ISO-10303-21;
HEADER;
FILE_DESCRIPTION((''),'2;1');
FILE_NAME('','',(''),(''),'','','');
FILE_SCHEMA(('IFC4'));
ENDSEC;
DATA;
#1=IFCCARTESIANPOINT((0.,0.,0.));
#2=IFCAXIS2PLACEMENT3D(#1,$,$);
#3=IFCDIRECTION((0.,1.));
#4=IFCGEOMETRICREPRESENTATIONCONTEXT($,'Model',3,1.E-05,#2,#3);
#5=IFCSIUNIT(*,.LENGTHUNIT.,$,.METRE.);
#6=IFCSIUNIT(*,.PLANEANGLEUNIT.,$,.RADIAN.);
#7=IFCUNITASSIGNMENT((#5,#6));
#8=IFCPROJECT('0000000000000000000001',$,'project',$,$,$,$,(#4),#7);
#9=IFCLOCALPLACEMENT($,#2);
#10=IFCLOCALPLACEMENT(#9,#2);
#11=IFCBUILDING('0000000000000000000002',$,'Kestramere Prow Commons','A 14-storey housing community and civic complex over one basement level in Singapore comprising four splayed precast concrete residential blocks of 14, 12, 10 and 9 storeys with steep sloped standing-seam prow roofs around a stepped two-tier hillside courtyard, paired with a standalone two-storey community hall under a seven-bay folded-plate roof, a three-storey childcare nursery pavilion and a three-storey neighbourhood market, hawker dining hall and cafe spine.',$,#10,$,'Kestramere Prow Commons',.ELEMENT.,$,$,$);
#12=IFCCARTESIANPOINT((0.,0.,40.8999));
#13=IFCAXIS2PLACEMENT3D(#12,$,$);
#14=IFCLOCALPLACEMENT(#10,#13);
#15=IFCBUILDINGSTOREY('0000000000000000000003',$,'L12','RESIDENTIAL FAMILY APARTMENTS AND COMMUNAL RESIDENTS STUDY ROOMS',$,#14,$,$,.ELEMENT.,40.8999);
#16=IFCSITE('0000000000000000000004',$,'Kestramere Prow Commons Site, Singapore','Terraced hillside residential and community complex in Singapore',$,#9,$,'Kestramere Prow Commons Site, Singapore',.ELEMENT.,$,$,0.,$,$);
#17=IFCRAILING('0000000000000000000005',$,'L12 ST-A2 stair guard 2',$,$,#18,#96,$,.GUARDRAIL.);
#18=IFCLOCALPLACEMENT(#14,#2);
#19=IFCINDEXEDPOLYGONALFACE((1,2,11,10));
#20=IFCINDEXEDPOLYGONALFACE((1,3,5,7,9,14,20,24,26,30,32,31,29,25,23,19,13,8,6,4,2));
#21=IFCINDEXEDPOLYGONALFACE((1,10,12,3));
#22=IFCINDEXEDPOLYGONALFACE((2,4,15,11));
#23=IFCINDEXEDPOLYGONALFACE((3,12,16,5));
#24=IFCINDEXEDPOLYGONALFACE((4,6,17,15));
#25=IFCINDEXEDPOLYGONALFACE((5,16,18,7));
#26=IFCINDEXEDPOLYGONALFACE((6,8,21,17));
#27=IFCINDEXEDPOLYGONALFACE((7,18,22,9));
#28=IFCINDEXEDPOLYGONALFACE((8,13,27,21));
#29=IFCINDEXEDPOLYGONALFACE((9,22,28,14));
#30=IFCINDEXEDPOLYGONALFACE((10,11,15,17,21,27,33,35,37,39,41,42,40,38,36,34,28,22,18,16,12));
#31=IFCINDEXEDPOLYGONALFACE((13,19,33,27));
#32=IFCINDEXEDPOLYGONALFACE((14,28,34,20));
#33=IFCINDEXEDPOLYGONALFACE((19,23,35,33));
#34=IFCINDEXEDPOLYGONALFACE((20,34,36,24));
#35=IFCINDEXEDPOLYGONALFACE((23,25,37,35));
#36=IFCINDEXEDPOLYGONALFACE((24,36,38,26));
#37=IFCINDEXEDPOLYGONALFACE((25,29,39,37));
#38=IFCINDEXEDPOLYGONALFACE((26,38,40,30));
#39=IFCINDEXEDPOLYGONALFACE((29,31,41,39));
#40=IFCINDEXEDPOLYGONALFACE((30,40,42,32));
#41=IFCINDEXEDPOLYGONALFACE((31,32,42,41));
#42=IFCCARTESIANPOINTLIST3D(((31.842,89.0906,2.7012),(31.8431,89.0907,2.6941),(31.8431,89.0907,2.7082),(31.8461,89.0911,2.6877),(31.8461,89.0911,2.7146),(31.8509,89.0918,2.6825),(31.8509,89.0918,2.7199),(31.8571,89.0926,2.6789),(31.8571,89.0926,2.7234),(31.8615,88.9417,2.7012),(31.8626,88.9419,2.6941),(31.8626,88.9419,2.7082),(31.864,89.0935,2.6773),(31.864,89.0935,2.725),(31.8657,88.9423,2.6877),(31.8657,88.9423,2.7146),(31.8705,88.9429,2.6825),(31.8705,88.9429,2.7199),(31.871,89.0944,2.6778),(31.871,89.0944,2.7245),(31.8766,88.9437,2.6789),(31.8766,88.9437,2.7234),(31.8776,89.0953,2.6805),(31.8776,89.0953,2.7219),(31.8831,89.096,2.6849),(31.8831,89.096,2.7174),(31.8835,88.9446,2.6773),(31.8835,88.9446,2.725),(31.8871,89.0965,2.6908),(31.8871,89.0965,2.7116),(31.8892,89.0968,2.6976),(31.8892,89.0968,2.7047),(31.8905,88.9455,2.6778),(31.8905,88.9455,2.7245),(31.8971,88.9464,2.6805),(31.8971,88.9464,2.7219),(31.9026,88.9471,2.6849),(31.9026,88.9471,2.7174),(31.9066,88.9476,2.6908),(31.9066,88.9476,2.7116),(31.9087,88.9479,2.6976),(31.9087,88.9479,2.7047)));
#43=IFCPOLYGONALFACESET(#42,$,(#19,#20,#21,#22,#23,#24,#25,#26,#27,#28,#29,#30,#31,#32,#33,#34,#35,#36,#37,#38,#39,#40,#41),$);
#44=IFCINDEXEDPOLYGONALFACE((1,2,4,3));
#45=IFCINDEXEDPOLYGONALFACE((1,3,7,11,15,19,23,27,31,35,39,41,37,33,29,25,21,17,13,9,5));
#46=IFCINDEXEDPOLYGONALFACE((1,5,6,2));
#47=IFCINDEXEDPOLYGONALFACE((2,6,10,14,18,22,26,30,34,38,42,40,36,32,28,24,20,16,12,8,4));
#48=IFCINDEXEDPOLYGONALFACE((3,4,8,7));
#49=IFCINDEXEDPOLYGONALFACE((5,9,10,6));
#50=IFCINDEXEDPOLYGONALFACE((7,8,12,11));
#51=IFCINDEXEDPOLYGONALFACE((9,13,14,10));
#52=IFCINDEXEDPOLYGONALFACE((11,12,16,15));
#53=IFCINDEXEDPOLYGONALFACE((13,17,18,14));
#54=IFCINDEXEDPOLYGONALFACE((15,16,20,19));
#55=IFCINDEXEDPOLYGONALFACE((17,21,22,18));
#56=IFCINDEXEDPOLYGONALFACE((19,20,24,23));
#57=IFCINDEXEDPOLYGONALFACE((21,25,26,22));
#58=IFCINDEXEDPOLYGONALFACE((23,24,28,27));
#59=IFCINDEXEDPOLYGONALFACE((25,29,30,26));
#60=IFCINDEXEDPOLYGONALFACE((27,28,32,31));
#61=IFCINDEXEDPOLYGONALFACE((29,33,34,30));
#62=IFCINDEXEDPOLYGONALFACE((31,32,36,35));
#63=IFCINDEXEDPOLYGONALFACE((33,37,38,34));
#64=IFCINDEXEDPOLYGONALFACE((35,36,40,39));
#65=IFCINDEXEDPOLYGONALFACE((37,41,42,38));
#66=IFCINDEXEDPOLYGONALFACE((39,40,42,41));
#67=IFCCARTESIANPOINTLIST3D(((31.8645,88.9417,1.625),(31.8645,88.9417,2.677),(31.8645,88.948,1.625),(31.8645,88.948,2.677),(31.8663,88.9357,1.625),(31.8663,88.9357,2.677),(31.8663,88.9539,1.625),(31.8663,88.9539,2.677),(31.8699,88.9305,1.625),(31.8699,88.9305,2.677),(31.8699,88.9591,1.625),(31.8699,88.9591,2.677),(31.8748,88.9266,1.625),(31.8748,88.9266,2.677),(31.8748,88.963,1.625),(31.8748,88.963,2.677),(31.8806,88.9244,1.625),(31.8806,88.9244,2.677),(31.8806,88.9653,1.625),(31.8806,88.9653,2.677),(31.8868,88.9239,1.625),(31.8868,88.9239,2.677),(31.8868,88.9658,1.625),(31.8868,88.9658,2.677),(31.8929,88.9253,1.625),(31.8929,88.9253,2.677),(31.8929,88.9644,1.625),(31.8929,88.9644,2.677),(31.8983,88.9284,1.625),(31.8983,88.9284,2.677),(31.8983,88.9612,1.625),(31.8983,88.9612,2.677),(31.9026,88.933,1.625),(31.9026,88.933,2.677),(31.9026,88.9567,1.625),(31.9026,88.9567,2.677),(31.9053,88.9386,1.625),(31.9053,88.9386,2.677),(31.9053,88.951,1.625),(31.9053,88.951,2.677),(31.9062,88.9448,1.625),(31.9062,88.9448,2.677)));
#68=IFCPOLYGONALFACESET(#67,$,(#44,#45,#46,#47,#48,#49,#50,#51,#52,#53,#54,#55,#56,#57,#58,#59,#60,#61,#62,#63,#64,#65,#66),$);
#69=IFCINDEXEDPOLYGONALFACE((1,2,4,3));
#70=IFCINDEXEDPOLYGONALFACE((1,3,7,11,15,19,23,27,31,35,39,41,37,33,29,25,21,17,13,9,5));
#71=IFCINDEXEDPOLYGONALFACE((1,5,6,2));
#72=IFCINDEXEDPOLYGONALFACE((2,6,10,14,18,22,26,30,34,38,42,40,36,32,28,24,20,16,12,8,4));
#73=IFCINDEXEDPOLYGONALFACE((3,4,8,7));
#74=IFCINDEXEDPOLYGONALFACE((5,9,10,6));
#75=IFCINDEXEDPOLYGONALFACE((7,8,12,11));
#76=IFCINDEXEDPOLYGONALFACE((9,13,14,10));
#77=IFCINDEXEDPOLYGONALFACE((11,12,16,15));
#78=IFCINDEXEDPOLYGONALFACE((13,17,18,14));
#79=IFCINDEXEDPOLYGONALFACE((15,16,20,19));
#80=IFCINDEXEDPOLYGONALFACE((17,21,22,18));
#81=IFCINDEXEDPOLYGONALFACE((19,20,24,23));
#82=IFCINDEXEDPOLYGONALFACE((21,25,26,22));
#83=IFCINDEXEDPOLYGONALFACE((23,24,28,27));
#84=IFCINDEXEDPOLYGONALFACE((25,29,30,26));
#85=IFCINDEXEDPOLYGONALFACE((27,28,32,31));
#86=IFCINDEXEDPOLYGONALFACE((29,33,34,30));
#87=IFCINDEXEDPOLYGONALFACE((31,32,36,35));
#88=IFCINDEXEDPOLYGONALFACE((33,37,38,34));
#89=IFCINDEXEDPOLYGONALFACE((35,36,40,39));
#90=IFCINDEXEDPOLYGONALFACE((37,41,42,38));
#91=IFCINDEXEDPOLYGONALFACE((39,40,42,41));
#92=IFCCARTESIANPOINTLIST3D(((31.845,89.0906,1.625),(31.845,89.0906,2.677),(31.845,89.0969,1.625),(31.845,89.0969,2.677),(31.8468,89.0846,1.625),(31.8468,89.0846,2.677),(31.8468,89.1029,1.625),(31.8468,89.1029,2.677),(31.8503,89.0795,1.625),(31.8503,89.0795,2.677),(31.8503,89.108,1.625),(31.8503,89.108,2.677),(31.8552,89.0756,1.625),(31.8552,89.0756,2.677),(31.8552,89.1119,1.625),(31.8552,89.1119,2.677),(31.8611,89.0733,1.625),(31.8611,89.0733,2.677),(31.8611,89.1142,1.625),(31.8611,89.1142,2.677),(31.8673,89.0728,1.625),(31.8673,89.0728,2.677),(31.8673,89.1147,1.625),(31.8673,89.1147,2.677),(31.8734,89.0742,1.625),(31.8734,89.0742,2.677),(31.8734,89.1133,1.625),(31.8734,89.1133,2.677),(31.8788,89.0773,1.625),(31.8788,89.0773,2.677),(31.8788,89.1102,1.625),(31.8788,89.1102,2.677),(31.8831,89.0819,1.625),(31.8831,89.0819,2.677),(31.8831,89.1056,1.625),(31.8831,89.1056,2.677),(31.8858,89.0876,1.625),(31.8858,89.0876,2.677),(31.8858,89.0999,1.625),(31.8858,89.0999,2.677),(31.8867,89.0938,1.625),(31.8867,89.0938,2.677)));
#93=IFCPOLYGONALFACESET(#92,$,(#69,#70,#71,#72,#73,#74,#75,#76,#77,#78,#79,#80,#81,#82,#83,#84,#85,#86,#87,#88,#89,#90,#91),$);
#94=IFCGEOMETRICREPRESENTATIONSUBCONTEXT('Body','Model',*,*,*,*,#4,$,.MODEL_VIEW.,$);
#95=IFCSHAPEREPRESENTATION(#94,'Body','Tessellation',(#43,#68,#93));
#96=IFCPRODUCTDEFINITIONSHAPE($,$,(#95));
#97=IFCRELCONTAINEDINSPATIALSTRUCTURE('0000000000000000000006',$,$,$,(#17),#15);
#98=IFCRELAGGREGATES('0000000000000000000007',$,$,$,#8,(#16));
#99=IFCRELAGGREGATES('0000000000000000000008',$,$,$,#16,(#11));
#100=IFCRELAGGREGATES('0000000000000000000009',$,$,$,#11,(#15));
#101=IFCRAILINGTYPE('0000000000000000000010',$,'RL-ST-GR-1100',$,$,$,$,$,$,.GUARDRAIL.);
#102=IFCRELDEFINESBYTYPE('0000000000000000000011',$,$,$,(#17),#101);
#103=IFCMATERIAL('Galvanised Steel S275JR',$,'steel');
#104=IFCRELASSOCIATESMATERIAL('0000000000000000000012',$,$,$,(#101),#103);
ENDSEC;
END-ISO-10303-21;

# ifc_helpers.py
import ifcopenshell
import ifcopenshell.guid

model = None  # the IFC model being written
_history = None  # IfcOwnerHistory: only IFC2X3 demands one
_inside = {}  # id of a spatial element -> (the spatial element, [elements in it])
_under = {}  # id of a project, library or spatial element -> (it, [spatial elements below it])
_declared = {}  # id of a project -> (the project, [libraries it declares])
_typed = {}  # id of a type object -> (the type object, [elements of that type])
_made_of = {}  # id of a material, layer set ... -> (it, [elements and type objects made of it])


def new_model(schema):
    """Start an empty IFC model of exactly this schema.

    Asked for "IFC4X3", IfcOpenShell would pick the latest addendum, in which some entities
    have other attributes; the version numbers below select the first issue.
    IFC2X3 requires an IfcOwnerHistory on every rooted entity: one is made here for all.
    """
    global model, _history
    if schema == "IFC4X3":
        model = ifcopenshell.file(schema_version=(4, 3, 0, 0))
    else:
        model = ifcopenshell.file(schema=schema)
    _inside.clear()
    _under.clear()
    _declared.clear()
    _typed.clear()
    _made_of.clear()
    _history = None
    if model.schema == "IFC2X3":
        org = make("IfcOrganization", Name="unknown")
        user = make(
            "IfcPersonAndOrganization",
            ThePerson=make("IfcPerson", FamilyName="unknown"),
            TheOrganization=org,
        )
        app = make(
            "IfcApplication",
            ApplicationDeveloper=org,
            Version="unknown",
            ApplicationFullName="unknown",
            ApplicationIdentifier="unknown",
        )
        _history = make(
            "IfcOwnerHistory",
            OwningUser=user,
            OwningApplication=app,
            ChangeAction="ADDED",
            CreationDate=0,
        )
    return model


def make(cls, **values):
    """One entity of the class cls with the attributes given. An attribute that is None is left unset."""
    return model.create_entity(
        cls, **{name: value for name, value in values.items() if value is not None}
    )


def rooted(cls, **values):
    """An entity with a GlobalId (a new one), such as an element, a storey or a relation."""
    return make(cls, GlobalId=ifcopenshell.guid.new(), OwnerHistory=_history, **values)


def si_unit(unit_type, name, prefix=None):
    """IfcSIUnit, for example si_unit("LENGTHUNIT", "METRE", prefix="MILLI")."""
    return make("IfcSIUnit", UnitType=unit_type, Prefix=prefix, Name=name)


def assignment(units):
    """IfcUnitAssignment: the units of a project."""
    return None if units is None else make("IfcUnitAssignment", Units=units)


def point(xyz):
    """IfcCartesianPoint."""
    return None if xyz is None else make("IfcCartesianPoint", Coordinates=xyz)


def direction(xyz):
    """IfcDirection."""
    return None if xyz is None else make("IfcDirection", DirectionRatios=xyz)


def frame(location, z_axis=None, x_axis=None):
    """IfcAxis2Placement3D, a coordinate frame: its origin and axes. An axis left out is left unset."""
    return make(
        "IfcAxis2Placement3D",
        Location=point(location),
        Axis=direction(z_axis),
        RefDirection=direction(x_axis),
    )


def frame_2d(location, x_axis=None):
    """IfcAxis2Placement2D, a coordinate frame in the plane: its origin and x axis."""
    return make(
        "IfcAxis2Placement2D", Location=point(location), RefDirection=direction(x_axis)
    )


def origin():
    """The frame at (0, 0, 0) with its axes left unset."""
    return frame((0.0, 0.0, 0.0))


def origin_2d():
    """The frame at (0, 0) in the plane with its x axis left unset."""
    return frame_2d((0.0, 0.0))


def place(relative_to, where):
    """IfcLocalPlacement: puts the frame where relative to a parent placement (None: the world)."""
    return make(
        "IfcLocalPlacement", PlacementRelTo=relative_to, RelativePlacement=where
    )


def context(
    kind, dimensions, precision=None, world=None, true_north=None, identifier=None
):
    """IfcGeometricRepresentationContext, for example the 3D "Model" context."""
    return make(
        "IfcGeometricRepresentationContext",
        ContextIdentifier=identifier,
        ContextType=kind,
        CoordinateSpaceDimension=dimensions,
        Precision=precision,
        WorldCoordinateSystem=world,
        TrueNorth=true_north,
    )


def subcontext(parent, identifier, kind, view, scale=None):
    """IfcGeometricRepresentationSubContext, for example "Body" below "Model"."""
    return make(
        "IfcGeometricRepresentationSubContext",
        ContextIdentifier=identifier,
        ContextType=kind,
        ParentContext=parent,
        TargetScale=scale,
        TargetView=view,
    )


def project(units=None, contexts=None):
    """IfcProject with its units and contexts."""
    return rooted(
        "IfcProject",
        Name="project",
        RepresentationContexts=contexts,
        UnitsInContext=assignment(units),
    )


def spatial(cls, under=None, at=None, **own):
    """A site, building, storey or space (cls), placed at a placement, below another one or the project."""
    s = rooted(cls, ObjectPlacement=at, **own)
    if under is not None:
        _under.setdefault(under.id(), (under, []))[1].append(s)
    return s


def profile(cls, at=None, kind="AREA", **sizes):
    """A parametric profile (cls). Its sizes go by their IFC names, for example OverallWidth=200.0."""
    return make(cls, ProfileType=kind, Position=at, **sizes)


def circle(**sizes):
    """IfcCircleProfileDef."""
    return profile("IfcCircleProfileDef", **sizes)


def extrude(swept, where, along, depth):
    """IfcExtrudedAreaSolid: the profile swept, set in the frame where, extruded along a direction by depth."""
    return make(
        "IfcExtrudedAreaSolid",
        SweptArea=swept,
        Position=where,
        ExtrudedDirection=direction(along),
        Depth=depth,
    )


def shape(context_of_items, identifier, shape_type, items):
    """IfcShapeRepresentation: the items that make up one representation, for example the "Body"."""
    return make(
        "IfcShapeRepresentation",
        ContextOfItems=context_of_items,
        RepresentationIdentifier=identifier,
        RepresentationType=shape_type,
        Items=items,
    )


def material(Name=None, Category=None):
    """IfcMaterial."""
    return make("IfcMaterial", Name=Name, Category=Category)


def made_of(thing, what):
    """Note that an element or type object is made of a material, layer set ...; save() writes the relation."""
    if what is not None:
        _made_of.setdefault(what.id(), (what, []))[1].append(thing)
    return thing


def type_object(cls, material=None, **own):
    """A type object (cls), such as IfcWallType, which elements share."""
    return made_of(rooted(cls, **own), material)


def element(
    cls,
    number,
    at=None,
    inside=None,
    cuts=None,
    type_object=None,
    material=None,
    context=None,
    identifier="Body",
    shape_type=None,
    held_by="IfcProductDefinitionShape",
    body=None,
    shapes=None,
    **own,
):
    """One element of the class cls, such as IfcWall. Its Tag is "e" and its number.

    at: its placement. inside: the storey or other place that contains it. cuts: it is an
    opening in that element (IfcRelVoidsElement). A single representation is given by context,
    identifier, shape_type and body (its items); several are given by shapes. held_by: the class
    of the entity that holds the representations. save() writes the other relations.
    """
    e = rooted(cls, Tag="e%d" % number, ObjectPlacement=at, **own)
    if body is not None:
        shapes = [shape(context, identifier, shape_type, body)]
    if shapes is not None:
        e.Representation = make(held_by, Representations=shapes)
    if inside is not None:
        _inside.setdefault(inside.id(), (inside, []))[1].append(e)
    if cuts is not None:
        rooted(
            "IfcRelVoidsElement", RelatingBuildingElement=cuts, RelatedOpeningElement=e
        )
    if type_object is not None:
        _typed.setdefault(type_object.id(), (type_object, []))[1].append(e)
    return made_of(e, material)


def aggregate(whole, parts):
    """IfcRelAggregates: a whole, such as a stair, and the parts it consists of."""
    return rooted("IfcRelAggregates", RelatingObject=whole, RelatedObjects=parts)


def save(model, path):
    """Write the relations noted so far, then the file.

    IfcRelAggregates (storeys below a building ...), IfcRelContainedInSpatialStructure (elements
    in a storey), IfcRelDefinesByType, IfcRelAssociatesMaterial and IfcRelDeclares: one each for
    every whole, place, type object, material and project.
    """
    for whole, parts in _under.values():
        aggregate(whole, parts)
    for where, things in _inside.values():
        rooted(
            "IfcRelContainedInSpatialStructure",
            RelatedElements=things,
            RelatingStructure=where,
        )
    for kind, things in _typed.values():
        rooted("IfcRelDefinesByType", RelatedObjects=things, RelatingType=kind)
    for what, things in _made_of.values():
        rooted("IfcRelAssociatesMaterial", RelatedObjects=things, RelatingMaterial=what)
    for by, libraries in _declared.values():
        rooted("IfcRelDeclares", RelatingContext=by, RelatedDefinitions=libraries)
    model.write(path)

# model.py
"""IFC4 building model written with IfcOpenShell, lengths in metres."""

from ifc_helpers import new_model, si_unit, direction, frame, origin, origin_2d, place, context, subcontext, project, spatial, circle, extrude, material, type_object, element, save


model = new_model("IFC4")

# Units and contexts
model_context = context("Model", 3, precision=1e-05, world=origin(), true_north=direction((0.0, 1.0)))
body_context = subcontext(model_context, "Body", "Model", "MODEL_VIEW")
ifc_project = project(units=[si_unit("LENGTHUNIT", "METRE"), si_unit("PLANEANGLEUNIT", "RADIAN")], contexts=[model_context])

# Site, building, storey
site_placement = place(None, origin())
site = spatial("IfcSite", under=ifc_project, at=site_placement, Name="Kestramere Prow Commons Site, Singapore", Description="Terraced hillside residential and community complex in Singapore", LongName="Kestramere Prow Commons Site, Singapore", CompositionType="ELEMENT", RefElevation=0.0)
building_placement = place(site_placement, origin())
building = spatial("IfcBuilding", under=site, at=building_placement, Name="Kestramere Prow Commons", Description="A 14-storey housing community and civic complex over one basement level in Singapore comprising four splayed precast concrete residential blocks of 14, 12, 10 and 9 storeys with steep sloped standing-seam prow roofs around a stepped two-tier hillside courtyard, paired with a standalone two-storey community hall under a seven-bay folded-plate roof, a three-storey childcare nursery pavilion and a three-storey neighbourhood market, hawker dining hall and cafe spine.", LongName="Kestramere Prow Commons", CompositionType="ELEMENT")
storey_placement = place(building_placement, frame((0.0, 0.0, 40.8999)))
storey = spatial("IfcBuildingStorey", under=building, at=storey_placement, Name="L12", Description="RESIDENTIAL FAMILY APARTMENTS AND COMMUNAL RESIDENTS STUDY ROOMS", CompositionType="ELEMENT", Elevation=40.8999)

# Railing
ifc_material_1 = material(Name="Galvanised Steel S275JR", Category="steel")
railing_type = type_object("IfcRailingType", Name="RL-ST-GR-1100", PredefinedType="GUARDRAIL", material=ifc_material_1)
railing_1_placement = place(storey_placement, frame((31.8853, 88.9448, 1.625)))
element("IfcRailing", 1, at=railing_1_placement, inside=storey, type_object=railing_type, Name="L12 ST-A2 stair guard 2", PredefinedType="GUARDRAIL", context=body_context, shape_type="SweptSolid", body=[
    extrude(circle(Radius=0.0239, at=origin_2d()), frame((0.0, 0.0, 1.0762), z_axis=(-0.130034, 0.99151, 0.0), x_axis=(-0.99151, -0.130034, 0.0)), (0.0, 0.0, 1.0), 0.1501),
    extrude(circle(Radius=0.021, at=origin_2d()), origin(), (0.0, 0.0, 1.0), 1.052),
    extrude(circle(Radius=0.021, at=origin_2d()), frame((-0.0195, 0.1489, 0.0)), (0.0, 0.0, 1.0), 1.052),
])

save(model, "model.ifc")
